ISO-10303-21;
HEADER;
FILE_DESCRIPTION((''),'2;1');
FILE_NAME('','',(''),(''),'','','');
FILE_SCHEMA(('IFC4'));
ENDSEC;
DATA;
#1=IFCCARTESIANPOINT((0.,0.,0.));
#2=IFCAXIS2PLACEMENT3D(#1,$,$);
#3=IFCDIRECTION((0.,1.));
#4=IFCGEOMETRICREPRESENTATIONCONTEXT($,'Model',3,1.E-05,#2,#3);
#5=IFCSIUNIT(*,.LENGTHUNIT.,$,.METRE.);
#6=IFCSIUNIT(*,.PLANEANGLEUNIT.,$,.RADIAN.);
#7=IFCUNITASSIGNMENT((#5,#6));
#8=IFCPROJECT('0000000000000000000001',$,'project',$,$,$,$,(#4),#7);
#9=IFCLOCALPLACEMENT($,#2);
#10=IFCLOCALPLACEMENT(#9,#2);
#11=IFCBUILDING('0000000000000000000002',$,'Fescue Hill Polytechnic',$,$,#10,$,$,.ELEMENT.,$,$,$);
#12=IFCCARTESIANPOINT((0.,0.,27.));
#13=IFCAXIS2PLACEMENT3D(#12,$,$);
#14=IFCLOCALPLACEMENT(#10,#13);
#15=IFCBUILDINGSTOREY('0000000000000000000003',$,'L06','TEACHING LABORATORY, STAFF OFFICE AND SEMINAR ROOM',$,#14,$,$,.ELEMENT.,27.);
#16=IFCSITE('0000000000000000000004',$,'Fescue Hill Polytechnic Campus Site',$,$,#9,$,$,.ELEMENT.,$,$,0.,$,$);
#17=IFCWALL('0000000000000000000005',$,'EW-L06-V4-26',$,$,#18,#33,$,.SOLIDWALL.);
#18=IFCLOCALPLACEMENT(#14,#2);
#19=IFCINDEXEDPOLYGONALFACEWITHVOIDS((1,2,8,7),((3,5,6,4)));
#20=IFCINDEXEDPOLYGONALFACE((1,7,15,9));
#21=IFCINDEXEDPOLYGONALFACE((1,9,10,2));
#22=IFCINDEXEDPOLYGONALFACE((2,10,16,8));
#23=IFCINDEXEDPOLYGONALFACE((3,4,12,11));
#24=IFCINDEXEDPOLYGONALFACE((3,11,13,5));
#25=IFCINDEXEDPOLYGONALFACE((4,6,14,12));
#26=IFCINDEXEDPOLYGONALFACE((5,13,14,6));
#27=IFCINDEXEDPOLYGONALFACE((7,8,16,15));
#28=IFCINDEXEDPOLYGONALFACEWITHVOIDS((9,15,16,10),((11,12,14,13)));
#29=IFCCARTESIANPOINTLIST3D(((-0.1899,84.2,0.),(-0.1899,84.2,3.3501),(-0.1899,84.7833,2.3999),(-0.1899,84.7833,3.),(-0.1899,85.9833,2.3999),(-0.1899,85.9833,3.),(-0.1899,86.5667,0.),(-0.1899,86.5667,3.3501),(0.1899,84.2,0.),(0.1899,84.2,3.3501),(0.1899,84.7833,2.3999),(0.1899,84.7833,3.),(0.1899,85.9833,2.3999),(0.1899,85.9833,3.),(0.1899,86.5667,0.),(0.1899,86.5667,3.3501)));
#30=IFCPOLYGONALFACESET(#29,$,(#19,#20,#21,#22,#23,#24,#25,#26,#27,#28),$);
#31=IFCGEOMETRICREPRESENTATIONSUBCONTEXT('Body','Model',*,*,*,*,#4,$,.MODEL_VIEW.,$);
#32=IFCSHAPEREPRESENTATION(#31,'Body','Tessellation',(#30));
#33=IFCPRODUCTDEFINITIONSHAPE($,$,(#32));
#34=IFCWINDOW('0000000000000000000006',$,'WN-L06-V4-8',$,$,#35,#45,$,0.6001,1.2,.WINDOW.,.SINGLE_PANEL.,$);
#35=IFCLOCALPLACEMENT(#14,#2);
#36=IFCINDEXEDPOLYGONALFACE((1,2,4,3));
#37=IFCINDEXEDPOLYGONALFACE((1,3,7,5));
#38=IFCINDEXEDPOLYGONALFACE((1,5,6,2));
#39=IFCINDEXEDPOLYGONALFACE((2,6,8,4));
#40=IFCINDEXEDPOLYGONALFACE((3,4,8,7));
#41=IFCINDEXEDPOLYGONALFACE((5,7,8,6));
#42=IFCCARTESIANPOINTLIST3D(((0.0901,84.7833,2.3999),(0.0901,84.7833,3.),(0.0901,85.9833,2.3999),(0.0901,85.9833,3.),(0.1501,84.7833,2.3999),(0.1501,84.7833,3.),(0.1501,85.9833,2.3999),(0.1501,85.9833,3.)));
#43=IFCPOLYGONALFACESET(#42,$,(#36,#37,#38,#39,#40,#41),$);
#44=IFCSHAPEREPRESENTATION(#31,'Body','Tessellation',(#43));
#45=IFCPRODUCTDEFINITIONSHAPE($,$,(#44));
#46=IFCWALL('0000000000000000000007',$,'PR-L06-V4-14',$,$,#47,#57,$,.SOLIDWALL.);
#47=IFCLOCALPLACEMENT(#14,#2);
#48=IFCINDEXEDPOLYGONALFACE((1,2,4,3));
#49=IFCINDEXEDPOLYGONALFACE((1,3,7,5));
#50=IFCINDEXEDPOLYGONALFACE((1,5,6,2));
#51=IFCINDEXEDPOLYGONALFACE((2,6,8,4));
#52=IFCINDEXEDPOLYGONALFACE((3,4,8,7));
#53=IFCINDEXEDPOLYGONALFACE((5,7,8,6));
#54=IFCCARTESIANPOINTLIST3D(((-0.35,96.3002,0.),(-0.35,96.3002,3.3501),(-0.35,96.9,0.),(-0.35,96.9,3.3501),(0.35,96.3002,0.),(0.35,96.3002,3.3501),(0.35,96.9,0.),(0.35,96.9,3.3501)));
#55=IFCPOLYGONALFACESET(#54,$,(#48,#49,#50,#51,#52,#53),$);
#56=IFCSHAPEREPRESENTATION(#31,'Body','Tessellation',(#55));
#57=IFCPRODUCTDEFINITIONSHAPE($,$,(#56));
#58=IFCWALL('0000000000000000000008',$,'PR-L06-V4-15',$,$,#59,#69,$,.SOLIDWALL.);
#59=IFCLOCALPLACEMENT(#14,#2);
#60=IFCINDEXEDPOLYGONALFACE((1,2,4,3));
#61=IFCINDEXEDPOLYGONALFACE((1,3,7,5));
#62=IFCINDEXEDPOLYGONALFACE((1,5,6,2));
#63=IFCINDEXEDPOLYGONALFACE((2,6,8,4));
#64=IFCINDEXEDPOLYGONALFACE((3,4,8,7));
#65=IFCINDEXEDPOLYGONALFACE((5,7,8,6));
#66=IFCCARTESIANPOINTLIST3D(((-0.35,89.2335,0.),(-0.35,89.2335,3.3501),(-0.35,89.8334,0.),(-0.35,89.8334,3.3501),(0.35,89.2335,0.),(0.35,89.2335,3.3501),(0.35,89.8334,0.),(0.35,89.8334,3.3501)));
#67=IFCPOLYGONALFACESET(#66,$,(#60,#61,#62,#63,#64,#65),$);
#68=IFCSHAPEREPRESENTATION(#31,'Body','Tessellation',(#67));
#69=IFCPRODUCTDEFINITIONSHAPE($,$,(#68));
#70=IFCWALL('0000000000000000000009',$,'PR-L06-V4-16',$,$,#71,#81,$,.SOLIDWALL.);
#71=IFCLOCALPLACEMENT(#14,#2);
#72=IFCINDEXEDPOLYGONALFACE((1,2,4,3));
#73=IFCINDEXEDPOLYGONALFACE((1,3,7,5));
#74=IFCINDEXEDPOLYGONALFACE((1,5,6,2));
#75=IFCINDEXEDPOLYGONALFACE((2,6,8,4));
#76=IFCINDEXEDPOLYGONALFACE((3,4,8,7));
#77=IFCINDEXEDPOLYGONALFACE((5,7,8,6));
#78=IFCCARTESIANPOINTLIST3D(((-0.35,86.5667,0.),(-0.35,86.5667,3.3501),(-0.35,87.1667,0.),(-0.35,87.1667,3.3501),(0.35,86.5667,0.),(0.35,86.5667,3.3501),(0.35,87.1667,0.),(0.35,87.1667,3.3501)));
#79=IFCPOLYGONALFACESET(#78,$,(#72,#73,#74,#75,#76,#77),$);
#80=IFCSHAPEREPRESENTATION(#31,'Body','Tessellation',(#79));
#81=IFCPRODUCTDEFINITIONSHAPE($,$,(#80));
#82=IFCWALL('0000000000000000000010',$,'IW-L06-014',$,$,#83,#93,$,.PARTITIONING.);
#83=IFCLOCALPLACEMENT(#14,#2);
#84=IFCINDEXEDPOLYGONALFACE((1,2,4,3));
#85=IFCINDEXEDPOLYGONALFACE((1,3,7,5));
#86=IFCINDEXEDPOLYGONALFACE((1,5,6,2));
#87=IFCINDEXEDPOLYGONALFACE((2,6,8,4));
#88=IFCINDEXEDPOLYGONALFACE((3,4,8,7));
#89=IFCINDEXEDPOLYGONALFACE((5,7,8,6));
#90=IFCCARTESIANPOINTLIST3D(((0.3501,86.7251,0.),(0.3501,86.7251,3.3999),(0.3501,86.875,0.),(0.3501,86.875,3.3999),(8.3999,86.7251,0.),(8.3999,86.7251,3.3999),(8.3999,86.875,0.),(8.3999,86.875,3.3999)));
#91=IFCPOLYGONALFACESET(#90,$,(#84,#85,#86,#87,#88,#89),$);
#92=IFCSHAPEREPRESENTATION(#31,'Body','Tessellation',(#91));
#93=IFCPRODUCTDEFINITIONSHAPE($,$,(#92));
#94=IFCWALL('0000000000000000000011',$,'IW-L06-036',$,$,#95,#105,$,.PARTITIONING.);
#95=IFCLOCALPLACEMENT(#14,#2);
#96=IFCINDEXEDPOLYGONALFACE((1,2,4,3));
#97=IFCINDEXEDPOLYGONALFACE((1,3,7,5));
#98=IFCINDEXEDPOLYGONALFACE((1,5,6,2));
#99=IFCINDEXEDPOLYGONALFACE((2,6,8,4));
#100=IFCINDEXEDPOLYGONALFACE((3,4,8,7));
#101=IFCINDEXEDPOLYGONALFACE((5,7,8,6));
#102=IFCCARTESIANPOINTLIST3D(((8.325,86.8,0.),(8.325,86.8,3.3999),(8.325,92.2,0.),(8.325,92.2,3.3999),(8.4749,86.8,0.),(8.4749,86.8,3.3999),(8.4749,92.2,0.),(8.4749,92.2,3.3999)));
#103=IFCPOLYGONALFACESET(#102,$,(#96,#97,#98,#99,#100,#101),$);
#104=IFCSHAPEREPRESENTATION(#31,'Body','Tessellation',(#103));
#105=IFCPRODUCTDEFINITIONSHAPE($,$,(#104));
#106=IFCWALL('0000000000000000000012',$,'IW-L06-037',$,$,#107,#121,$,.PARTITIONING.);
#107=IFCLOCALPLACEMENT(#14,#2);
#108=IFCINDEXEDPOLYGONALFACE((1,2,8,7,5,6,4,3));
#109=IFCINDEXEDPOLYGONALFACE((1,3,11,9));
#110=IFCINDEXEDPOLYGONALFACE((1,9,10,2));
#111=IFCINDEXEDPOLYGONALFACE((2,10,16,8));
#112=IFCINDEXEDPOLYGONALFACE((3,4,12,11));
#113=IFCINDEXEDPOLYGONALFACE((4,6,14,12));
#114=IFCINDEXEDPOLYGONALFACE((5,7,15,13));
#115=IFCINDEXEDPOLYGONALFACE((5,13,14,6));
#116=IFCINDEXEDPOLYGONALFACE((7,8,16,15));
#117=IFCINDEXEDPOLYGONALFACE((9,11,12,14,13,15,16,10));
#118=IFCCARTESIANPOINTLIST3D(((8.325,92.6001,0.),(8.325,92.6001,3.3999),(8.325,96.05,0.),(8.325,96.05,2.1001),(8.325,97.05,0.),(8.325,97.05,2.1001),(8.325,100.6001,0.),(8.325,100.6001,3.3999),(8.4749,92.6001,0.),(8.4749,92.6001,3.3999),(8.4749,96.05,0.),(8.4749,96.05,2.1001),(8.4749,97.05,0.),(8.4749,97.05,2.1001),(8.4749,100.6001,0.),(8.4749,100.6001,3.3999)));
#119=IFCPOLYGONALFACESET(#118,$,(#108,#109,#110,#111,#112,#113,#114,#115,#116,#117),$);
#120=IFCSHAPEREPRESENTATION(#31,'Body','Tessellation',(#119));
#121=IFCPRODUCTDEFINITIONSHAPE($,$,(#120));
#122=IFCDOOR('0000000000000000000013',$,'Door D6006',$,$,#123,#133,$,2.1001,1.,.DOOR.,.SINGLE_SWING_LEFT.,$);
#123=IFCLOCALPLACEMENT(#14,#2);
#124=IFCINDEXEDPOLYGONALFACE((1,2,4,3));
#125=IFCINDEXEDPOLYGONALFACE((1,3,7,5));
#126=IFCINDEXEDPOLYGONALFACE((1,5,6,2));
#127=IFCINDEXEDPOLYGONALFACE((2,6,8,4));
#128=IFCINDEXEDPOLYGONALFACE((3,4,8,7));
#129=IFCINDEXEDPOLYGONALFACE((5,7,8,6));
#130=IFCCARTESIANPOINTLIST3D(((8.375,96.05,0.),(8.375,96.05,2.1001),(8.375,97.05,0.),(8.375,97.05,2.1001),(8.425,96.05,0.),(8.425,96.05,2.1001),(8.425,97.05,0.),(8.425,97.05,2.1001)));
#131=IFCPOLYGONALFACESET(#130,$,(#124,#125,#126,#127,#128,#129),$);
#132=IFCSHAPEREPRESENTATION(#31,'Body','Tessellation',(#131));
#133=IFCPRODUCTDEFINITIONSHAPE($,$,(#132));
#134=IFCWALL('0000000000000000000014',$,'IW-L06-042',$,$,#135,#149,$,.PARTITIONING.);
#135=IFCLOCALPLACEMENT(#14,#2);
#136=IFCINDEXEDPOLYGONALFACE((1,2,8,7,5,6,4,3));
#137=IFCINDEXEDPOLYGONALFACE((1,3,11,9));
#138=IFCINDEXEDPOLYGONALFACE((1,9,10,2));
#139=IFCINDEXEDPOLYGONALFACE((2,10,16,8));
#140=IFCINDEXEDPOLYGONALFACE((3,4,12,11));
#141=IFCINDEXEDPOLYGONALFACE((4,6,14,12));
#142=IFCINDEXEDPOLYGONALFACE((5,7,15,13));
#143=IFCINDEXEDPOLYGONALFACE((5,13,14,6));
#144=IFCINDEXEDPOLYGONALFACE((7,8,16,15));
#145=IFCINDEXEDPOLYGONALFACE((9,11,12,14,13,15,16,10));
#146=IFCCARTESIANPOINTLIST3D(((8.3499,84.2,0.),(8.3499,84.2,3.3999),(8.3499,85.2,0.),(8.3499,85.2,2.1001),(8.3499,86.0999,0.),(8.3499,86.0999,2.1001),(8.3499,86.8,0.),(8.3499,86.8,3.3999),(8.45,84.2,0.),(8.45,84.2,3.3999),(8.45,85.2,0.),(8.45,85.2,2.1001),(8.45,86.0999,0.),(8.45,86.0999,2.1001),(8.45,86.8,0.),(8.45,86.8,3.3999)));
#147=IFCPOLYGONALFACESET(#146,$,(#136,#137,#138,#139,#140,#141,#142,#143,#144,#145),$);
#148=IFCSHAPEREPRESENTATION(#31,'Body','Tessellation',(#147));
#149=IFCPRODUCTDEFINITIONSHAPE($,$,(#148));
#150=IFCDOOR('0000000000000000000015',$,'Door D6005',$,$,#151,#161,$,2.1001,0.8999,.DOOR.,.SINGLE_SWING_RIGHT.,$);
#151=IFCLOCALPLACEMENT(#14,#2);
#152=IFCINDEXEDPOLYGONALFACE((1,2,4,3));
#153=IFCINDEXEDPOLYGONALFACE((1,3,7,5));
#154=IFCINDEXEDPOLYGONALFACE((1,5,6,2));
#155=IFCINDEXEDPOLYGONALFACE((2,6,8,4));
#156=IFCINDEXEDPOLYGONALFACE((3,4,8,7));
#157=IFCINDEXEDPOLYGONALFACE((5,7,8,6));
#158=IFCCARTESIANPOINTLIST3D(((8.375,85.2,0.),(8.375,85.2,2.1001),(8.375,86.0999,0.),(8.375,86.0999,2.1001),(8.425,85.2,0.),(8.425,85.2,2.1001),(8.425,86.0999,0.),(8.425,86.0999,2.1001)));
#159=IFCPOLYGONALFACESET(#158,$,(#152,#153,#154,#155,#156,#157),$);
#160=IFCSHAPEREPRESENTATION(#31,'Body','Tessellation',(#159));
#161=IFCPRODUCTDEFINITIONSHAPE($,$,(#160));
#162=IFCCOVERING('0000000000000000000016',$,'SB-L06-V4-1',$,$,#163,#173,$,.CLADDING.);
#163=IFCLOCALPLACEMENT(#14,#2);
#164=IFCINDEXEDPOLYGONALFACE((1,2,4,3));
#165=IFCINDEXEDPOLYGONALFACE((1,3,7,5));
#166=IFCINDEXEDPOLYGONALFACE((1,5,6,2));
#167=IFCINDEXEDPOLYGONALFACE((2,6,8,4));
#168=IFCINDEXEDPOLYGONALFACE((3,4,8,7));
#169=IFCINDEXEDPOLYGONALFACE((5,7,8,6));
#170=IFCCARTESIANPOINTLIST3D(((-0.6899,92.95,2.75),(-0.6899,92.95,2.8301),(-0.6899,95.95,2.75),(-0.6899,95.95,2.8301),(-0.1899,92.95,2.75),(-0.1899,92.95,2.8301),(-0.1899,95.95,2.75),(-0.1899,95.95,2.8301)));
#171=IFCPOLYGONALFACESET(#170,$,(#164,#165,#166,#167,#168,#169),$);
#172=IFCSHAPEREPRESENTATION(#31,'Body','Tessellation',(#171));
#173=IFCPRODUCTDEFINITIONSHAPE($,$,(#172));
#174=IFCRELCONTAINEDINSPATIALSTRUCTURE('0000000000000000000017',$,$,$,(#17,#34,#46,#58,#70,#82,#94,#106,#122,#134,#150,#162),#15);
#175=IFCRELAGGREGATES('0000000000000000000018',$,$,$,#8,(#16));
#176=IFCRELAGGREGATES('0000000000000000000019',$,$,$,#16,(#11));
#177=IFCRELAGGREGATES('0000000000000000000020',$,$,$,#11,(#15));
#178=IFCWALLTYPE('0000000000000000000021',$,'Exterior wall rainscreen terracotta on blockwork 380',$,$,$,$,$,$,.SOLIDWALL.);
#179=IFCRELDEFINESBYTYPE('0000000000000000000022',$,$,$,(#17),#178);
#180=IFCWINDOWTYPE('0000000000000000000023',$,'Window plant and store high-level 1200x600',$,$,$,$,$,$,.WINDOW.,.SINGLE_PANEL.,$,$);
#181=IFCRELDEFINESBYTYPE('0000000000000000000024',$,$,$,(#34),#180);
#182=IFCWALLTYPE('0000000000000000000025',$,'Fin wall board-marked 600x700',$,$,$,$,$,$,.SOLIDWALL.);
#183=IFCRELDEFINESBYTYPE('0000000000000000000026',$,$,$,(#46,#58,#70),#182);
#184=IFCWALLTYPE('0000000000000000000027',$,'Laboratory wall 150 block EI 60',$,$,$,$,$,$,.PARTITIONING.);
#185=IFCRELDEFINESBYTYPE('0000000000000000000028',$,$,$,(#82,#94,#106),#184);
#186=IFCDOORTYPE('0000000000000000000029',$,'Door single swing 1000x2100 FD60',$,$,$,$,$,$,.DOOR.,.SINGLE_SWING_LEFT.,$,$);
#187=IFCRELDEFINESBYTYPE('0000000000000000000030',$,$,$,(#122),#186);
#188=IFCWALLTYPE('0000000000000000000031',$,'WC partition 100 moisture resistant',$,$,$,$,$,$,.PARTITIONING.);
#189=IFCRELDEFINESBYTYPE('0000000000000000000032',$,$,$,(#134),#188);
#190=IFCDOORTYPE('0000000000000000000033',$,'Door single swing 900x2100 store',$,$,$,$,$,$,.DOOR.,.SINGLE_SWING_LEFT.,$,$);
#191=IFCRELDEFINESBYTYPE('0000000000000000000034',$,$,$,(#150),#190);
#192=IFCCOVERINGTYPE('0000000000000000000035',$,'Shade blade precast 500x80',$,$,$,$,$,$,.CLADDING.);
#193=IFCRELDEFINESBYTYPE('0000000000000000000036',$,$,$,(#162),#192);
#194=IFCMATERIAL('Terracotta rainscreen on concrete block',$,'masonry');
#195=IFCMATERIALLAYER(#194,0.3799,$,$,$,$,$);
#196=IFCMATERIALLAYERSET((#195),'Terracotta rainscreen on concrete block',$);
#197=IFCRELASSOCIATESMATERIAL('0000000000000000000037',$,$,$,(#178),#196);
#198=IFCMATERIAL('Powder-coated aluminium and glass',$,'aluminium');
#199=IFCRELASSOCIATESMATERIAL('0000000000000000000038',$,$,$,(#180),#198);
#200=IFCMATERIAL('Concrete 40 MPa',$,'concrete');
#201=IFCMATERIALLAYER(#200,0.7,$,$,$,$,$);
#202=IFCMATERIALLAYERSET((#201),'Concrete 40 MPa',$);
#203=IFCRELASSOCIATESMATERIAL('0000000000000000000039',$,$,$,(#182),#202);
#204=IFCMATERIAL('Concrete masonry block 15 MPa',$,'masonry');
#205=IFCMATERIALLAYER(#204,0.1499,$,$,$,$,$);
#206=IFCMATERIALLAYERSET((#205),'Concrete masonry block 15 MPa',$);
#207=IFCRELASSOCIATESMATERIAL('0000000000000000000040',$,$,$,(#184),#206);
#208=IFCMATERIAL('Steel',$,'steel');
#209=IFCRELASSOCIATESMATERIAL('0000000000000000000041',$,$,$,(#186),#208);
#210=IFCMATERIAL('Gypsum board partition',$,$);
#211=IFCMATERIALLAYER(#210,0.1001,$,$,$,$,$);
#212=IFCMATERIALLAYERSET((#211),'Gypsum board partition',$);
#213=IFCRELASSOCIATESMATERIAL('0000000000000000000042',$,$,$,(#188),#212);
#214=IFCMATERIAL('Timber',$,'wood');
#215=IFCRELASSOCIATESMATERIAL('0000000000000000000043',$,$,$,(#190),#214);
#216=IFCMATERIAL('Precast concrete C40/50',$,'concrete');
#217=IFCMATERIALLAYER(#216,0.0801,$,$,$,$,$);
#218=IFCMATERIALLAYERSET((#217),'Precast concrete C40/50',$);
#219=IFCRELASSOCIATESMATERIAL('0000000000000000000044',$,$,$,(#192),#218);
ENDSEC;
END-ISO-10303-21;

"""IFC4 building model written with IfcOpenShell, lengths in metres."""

from ifc_helpers import new_model, si_unit, direction, frame, frame_2d, origin, origin_2d, place, context, subcontext, project, spatial, rectangle, extrude, material, layer, layer_set, type_object, element, fill, save


model = new_model("IFC4")

# Units and contexts
model_context = context("Model", 3, precision=1e-05, world=origin(), true_north=direction((0.0, 1.0)))
body_context = subcontext(model_context, "Body", "Model", "MODEL_VIEW")
ifc_project = project(units=[si_unit("LENGTHUNIT", "METRE"), si_unit("PLANEANGLEUNIT", "RADIAN")], contexts=[model_context])

# Site, building, storey
site_placement = place(None, origin())
site = spatial("IfcSite", under=ifc_project, at=site_placement, Name="Fescue Hill Polytechnic Campus Site", CompositionType="ELEMENT", RefElevation=0.0)
building_placement = place(site_placement, origin())
building = spatial("IfcBuilding", under=site, at=building_placement, Name="Fescue Hill Polytechnic", CompositionType="ELEMENT")
storey_placement = place(building_placement, frame((0.0, 0.0, 27.0)))
storey = spatial("IfcBuildingStorey", under=building, at=storey_placement, Name="L06", Description="TEACHING LABORATORY, STAFF OFFICE AND SEMINAR ROOM", CompositionType="ELEMENT", Elevation=27.0)

# Shared definitions
ifc_material_1 = material(Name="Concrete 40 MPa", Category="concrete")

# Shared definitions
ifc_material_2 = material(Name="Terracotta rainscreen on concrete block", Category="masonry")
ifc_layer_1 = layer(ifc_material_2, 0.3799)
ifc_layer_set_1 = layer_set([ifc_layer_1], Name="Terracotta rainscreen on concrete block")
wall_type_1 = type_object("IfcWallType", Name="Exterior wall rainscreen terracotta on blockwork 380", PredefinedType="SOLIDWALL", material=ifc_layer_set_1)
ifc_material_3 = material(Name="Powder-coated aluminium and glass", Category="aluminium")

# Wall, opening, window
wall_1_placement = place(storey_placement, frame((0.0, 86.5667, 0.0), z_axis=(0.0, 0.0, 1.0), x_axis=(0.0, -1.0, 0.0)))
wall_1 = element("IfcWall", 1, at=wall_1_placement, inside=storey, type_object=wall_type_1, Name="EW-L06-V4-26", PredefinedType="SOLIDWALL", context=body_context, shape_type="SweptSolid", body=[
    extrude(rectangle(XDim=2.3667, YDim=0.3799, at=frame_2d((1.1833, 0.0))), origin(), (0.0, 0.0, 1.0), 3.3501),
])
opening_1_placement = place(wall_1_placement, frame((0.5833, 0.0, 2.3999)))
opening_1 = element("IfcOpeningElement", 2, at=opening_1_placement, cuts=wall_1, PredefinedType="OPENING", context=body_context, shape_type="SweptSolid", body=[
    extrude(rectangle(XDim=1.2, YDim=0.6001, at=frame_2d((0.6001, 0.3))), frame((0.0, 0.2, 0.0), z_axis=(0.0, -1.0, 0.0), x_axis=(1.0, 0.0, 0.0)), (0.0, 0.0, 1.0), 0.3999),
])
window_type_1 = type_object("IfcWindowType", Name="Window plant and store high-level 1200x600", PartitioningType="SINGLE_PANEL", PredefinedType="WINDOW", material=ifc_material_3)
window_1_placement = place(opening_1_placement, origin())
window_1 = element("IfcWindow", 3, at=window_1_placement, inside=storey, type_object=window_type_1, Name="WN-L06-V4-8", OverallHeight=0.6001, OverallWidth=1.2, PartitioningType="SINGLE_PANEL", PredefinedType="WINDOW", context=body_context, shape_type="SweptSolid", body=[
    extrude(rectangle(XDim=1.2, YDim=0.6001, at=frame_2d((0.6001, 0.3))), frame((0.0, 0.1501, 0.0), z_axis=(0.0, -1.0, 0.0), x_axis=(1.0, 0.0, 0.0)), (0.0, 0.0, 1.0), 0.0601),
])
fill(opening_1, window_1)

# Walls
ifc_layer_2 = layer(ifc_material_1, 0.7)
ifc_layer_set_2 = layer_set([ifc_layer_2], Name="Concrete 40 MPa")
wall_type_2 = type_object("IfcWallType", Name="Fin wall board-marked 600x700", PredefinedType="SOLIDWALL", material=ifc_layer_set_2)
for number, where, z_axis, x_axis, name in (
    (4, (0.0, 96.8999, 0.0), (0.0, 0.0, 1.0), (0.0, -1.0, 0.0), "PR-L06-V4-14"),
    (5, (0.0, 89.8333, 0.0), (0.0, 0.0, 1.0), (0.0, -1.0, 0.0), "PR-L06-V4-15"),
):
    element("IfcWall", number, at=place(storey_placement, frame(where, z_axis=z_axis, x_axis=x_axis)), inside=storey, type_object=wall_type_2, Name=name, PredefinedType="SOLIDWALL", context=body_context, shape_type="SweptSolid", body=[
        extrude(rectangle(XDim=0.5999, YDim=0.7, at=frame_2d((0.2998, 0.0))), origin(), (0.0, 0.0, 1.0), 3.3501),
    ])
wall_2_placement = place(storey_placement, frame((0.0, 87.1667, 0.0), z_axis=(0.0, 0.0, 1.0), x_axis=(0.0, -1.0, 0.0)))
element("IfcWall", 6, at=wall_2_placement, inside=storey, type_object=wall_type_2, Name="PR-L06-V4-16", PredefinedType="SOLIDWALL", context=body_context, shape_type="SweptSolid", body=[
    extrude(rectangle(XDim=0.6001, YDim=0.7, at=frame_2d((0.3, 0.0))), origin(), (0.0, 0.0, 1.0), 3.3501),
])
ifc_material_4 = material(Name="Concrete masonry block 15 MPa", Category="masonry")
ifc_layer_3 = layer(ifc_material_4, 0.1499)
ifc_layer_set_3 = layer_set([ifc_layer_3], Name="Concrete masonry block 15 MPa")
wall_type_3 = type_object("IfcWallType", Name="Laboratory wall 150 block EI 60", PredefinedType="PARTITIONING", material=ifc_layer_set_3)
wall_3_placement = place(storey_placement, frame((0.3501, 86.8, 0.0), z_axis=(0.0, 0.0, 1.0), x_axis=(1.0, 0.0, 0.0)))
element("IfcWall", 7, at=wall_3_placement, inside=storey, type_object=wall_type_3, Name="IW-L06-014", PredefinedType="PARTITIONING", context=body_context, shape_type="SweptSolid", body=[
    extrude(rectangle(XDim=8.0498, YDim=0.1499, at=frame_2d((4.0249, 0.0))), origin(), (0.0, 0.0, 1.0), 3.3999),
])
wall_4_placement = place(storey_placement, frame((8.3999, 86.8, 0.0), z_axis=(0.0, 0.0, 1.0), x_axis=(0.0, 1.0, 0.0)))
element("IfcWall", 8, at=wall_4_placement, inside=storey, type_object=wall_type_3, Name="IW-L06-036", PredefinedType="PARTITIONING", context=body_context, shape_type="SweptSolid", body=[
    extrude(rectangle(XDim=5.3999, YDim=0.1499, at=frame_2d((2.7, 0.0))), origin(), (0.0, 0.0, 1.0), 3.3999),
])

# Walls, openings, doors
wall_5_placement = place(storey_placement, frame((8.3999, 92.6001, 0.0), z_axis=(0.0, 0.0, 1.0), x_axis=(0.0, 1.0, 0.0)))
wall_5 = element("IfcWall", 9, at=wall_5_placement, inside=storey, type_object=wall_type_3, Name="IW-L06-037", PredefinedType="PARTITIONING", context=body_context, shape_type="SweptSolid", body=[
    extrude(rectangle(XDim=8.0, YDim=0.1499, at=frame_2d((4.0, 0.0))), origin(), (0.0, 0.0, 1.0), 3.3999),
])
opening_2_placement = place(wall_5_placement, frame((3.45, 0.0, 0.0)))
opening_2 = element("IfcOpeningElement", 10, at=opening_2_placement, cuts=wall_5, PredefinedType="OPENING", context=body_context, shape_type="SweptSolid", body=[
    extrude(rectangle(XDim=1.0, YDim=2.1001, at=frame_2d((0.5, 1.05))), frame((0.0, 0.085, 0.0), z_axis=(0.0, -1.0, 0.0), x_axis=(1.0, 0.0, 0.0)), (0.0, 0.0, 1.0), 0.1699),
])
ifc_material_5 = material(Name="Steel", Category="steel")
door_type_1 = type_object("IfcDoorType", Name="Door single swing 1000x2100 FD60", OperationType="SINGLE_SWING_LEFT", PredefinedType="DOOR", material=ifc_material_5)
door_1_placement = place(opening_2_placement, origin())
door_1 = element("IfcDoor", 11, at=door_1_placement, inside=storey, type_object=door_type_1, Name="Door D6006", OperationType="SINGLE_SWING_LEFT", OverallHeight=2.1001, OverallWidth=1.0, PredefinedType="DOOR", context=body_context, shape_type="SweptSolid", body=[
    extrude(rectangle(XDim=1.0, YDim=2.1001, at=frame_2d((0.5, 1.05))), frame((0.0, 0.0249, 0.0), z_axis=(0.0, -1.0, 0.0), x_axis=(1.0, 0.0, 0.0)), (0.0, 0.0, 1.0), 0.05),
])
fill(opening_2, door_1)
ifc_material_6 = material(Name="Gypsum board partition")
ifc_layer_4 = layer(ifc_material_6, 0.1001)
ifc_layer_set_4 = layer_set([ifc_layer_4], Name="Gypsum board partition")
wall_type_4 = type_object("IfcWallType", Name="WC partition 100 moisture resistant", PredefinedType="PARTITIONING", material=ifc_layer_set_4)
wall_6_placement = place(storey_placement, frame((8.3999, 84.2, 0.0), z_axis=(0.0, 0.0, 1.0), x_axis=(0.0, 1.0, 0.0)))
wall_6 = element("IfcWall", 12, at=wall_6_placement, inside=storey, type_object=wall_type_4, Name="IW-L06-042", PredefinedType="PARTITIONING", context=body_context, shape_type="SweptSolid", body=[
    extrude(rectangle(XDim=2.6001, YDim=0.1001, at=frame_2d((1.3, 0.0))), origin(), (0.0, 0.0, 1.0), 3.3999),
])
opening_3_placement = place(wall_6_placement, frame((1.0, 0.0, 0.0)))
opening_3 = element("IfcOpeningElement", 13, at=opening_3_placement, cuts=wall_6, PredefinedType="OPENING", context=body_context, shape_type="SweptSolid", body=[
    extrude(rectangle(XDim=0.8999, YDim=2.1001, at=frame_2d((0.45, 1.05))), frame((0.0, 0.0601, 0.0), z_axis=(0.0, -1.0, 0.0), x_axis=(1.0, 0.0, 0.0)), (0.0, 0.0, 1.0), 0.1201),
])
ifc_material_7 = material(Name="Timber", Category="wood")
door_type_2 = type_object("IfcDoorType", Name="Door single swing 900x2100 store", OperationType="SINGLE_SWING_LEFT", PredefinedType="DOOR", material=ifc_material_7)
door_2_placement = place(opening_3_placement, origin())
door_2 = element("IfcDoor", 14, at=door_2_placement, inside=storey, type_object=door_type_2, Name="Door D6005", OperationType="SINGLE_SWING_RIGHT", OverallHeight=2.1001, OverallWidth=0.8999, PredefinedType="DOOR", context=body_context, shape_type="SweptSolid", body=[
    extrude(rectangle(XDim=0.8999, YDim=2.1001, at=frame_2d((0.45, 1.05))), frame((0.0, 0.0249, 0.0), z_axis=(0.0, -1.0, 0.0), x_axis=(1.0, 0.0, 0.0)), (0.0, 0.0, 1.0), 0.05),
])
fill(opening_3, door_2)

# Covering
ifc_material_8 = material(Name="Precast concrete C40/50", Category="concrete")
ifc_layer_5 = layer(ifc_material_8, 0.0801)
ifc_layer_set_5 = layer_set([ifc_layer_5], Name="Precast concrete C40/50")
covering_type = type_object("IfcCoveringType", Name="Shade blade precast 500x80", PredefinedType="CLADDING", material=ifc_layer_set_5)
covering_1_placement = place(storey_placement, frame((-0.4399, 94.45, 2.75), z_axis=(0.0, 0.0, 1.0), x_axis=(0.0, -1.0, 0.0)))
element("IfcCovering", 15, at=covering_1_placement, inside=storey, type_object=covering_type, Name="SB-L06-V4-1", PredefinedType="CLADDING", context=body_context, shape_type="SweptSolid", body=[
    extrude(rectangle(XDim=3.0, YDim=0.5, at=origin_2d()), origin(), (0.0, 0.0, 1.0), 0.0801),
])

save(model, "model.ifc")
